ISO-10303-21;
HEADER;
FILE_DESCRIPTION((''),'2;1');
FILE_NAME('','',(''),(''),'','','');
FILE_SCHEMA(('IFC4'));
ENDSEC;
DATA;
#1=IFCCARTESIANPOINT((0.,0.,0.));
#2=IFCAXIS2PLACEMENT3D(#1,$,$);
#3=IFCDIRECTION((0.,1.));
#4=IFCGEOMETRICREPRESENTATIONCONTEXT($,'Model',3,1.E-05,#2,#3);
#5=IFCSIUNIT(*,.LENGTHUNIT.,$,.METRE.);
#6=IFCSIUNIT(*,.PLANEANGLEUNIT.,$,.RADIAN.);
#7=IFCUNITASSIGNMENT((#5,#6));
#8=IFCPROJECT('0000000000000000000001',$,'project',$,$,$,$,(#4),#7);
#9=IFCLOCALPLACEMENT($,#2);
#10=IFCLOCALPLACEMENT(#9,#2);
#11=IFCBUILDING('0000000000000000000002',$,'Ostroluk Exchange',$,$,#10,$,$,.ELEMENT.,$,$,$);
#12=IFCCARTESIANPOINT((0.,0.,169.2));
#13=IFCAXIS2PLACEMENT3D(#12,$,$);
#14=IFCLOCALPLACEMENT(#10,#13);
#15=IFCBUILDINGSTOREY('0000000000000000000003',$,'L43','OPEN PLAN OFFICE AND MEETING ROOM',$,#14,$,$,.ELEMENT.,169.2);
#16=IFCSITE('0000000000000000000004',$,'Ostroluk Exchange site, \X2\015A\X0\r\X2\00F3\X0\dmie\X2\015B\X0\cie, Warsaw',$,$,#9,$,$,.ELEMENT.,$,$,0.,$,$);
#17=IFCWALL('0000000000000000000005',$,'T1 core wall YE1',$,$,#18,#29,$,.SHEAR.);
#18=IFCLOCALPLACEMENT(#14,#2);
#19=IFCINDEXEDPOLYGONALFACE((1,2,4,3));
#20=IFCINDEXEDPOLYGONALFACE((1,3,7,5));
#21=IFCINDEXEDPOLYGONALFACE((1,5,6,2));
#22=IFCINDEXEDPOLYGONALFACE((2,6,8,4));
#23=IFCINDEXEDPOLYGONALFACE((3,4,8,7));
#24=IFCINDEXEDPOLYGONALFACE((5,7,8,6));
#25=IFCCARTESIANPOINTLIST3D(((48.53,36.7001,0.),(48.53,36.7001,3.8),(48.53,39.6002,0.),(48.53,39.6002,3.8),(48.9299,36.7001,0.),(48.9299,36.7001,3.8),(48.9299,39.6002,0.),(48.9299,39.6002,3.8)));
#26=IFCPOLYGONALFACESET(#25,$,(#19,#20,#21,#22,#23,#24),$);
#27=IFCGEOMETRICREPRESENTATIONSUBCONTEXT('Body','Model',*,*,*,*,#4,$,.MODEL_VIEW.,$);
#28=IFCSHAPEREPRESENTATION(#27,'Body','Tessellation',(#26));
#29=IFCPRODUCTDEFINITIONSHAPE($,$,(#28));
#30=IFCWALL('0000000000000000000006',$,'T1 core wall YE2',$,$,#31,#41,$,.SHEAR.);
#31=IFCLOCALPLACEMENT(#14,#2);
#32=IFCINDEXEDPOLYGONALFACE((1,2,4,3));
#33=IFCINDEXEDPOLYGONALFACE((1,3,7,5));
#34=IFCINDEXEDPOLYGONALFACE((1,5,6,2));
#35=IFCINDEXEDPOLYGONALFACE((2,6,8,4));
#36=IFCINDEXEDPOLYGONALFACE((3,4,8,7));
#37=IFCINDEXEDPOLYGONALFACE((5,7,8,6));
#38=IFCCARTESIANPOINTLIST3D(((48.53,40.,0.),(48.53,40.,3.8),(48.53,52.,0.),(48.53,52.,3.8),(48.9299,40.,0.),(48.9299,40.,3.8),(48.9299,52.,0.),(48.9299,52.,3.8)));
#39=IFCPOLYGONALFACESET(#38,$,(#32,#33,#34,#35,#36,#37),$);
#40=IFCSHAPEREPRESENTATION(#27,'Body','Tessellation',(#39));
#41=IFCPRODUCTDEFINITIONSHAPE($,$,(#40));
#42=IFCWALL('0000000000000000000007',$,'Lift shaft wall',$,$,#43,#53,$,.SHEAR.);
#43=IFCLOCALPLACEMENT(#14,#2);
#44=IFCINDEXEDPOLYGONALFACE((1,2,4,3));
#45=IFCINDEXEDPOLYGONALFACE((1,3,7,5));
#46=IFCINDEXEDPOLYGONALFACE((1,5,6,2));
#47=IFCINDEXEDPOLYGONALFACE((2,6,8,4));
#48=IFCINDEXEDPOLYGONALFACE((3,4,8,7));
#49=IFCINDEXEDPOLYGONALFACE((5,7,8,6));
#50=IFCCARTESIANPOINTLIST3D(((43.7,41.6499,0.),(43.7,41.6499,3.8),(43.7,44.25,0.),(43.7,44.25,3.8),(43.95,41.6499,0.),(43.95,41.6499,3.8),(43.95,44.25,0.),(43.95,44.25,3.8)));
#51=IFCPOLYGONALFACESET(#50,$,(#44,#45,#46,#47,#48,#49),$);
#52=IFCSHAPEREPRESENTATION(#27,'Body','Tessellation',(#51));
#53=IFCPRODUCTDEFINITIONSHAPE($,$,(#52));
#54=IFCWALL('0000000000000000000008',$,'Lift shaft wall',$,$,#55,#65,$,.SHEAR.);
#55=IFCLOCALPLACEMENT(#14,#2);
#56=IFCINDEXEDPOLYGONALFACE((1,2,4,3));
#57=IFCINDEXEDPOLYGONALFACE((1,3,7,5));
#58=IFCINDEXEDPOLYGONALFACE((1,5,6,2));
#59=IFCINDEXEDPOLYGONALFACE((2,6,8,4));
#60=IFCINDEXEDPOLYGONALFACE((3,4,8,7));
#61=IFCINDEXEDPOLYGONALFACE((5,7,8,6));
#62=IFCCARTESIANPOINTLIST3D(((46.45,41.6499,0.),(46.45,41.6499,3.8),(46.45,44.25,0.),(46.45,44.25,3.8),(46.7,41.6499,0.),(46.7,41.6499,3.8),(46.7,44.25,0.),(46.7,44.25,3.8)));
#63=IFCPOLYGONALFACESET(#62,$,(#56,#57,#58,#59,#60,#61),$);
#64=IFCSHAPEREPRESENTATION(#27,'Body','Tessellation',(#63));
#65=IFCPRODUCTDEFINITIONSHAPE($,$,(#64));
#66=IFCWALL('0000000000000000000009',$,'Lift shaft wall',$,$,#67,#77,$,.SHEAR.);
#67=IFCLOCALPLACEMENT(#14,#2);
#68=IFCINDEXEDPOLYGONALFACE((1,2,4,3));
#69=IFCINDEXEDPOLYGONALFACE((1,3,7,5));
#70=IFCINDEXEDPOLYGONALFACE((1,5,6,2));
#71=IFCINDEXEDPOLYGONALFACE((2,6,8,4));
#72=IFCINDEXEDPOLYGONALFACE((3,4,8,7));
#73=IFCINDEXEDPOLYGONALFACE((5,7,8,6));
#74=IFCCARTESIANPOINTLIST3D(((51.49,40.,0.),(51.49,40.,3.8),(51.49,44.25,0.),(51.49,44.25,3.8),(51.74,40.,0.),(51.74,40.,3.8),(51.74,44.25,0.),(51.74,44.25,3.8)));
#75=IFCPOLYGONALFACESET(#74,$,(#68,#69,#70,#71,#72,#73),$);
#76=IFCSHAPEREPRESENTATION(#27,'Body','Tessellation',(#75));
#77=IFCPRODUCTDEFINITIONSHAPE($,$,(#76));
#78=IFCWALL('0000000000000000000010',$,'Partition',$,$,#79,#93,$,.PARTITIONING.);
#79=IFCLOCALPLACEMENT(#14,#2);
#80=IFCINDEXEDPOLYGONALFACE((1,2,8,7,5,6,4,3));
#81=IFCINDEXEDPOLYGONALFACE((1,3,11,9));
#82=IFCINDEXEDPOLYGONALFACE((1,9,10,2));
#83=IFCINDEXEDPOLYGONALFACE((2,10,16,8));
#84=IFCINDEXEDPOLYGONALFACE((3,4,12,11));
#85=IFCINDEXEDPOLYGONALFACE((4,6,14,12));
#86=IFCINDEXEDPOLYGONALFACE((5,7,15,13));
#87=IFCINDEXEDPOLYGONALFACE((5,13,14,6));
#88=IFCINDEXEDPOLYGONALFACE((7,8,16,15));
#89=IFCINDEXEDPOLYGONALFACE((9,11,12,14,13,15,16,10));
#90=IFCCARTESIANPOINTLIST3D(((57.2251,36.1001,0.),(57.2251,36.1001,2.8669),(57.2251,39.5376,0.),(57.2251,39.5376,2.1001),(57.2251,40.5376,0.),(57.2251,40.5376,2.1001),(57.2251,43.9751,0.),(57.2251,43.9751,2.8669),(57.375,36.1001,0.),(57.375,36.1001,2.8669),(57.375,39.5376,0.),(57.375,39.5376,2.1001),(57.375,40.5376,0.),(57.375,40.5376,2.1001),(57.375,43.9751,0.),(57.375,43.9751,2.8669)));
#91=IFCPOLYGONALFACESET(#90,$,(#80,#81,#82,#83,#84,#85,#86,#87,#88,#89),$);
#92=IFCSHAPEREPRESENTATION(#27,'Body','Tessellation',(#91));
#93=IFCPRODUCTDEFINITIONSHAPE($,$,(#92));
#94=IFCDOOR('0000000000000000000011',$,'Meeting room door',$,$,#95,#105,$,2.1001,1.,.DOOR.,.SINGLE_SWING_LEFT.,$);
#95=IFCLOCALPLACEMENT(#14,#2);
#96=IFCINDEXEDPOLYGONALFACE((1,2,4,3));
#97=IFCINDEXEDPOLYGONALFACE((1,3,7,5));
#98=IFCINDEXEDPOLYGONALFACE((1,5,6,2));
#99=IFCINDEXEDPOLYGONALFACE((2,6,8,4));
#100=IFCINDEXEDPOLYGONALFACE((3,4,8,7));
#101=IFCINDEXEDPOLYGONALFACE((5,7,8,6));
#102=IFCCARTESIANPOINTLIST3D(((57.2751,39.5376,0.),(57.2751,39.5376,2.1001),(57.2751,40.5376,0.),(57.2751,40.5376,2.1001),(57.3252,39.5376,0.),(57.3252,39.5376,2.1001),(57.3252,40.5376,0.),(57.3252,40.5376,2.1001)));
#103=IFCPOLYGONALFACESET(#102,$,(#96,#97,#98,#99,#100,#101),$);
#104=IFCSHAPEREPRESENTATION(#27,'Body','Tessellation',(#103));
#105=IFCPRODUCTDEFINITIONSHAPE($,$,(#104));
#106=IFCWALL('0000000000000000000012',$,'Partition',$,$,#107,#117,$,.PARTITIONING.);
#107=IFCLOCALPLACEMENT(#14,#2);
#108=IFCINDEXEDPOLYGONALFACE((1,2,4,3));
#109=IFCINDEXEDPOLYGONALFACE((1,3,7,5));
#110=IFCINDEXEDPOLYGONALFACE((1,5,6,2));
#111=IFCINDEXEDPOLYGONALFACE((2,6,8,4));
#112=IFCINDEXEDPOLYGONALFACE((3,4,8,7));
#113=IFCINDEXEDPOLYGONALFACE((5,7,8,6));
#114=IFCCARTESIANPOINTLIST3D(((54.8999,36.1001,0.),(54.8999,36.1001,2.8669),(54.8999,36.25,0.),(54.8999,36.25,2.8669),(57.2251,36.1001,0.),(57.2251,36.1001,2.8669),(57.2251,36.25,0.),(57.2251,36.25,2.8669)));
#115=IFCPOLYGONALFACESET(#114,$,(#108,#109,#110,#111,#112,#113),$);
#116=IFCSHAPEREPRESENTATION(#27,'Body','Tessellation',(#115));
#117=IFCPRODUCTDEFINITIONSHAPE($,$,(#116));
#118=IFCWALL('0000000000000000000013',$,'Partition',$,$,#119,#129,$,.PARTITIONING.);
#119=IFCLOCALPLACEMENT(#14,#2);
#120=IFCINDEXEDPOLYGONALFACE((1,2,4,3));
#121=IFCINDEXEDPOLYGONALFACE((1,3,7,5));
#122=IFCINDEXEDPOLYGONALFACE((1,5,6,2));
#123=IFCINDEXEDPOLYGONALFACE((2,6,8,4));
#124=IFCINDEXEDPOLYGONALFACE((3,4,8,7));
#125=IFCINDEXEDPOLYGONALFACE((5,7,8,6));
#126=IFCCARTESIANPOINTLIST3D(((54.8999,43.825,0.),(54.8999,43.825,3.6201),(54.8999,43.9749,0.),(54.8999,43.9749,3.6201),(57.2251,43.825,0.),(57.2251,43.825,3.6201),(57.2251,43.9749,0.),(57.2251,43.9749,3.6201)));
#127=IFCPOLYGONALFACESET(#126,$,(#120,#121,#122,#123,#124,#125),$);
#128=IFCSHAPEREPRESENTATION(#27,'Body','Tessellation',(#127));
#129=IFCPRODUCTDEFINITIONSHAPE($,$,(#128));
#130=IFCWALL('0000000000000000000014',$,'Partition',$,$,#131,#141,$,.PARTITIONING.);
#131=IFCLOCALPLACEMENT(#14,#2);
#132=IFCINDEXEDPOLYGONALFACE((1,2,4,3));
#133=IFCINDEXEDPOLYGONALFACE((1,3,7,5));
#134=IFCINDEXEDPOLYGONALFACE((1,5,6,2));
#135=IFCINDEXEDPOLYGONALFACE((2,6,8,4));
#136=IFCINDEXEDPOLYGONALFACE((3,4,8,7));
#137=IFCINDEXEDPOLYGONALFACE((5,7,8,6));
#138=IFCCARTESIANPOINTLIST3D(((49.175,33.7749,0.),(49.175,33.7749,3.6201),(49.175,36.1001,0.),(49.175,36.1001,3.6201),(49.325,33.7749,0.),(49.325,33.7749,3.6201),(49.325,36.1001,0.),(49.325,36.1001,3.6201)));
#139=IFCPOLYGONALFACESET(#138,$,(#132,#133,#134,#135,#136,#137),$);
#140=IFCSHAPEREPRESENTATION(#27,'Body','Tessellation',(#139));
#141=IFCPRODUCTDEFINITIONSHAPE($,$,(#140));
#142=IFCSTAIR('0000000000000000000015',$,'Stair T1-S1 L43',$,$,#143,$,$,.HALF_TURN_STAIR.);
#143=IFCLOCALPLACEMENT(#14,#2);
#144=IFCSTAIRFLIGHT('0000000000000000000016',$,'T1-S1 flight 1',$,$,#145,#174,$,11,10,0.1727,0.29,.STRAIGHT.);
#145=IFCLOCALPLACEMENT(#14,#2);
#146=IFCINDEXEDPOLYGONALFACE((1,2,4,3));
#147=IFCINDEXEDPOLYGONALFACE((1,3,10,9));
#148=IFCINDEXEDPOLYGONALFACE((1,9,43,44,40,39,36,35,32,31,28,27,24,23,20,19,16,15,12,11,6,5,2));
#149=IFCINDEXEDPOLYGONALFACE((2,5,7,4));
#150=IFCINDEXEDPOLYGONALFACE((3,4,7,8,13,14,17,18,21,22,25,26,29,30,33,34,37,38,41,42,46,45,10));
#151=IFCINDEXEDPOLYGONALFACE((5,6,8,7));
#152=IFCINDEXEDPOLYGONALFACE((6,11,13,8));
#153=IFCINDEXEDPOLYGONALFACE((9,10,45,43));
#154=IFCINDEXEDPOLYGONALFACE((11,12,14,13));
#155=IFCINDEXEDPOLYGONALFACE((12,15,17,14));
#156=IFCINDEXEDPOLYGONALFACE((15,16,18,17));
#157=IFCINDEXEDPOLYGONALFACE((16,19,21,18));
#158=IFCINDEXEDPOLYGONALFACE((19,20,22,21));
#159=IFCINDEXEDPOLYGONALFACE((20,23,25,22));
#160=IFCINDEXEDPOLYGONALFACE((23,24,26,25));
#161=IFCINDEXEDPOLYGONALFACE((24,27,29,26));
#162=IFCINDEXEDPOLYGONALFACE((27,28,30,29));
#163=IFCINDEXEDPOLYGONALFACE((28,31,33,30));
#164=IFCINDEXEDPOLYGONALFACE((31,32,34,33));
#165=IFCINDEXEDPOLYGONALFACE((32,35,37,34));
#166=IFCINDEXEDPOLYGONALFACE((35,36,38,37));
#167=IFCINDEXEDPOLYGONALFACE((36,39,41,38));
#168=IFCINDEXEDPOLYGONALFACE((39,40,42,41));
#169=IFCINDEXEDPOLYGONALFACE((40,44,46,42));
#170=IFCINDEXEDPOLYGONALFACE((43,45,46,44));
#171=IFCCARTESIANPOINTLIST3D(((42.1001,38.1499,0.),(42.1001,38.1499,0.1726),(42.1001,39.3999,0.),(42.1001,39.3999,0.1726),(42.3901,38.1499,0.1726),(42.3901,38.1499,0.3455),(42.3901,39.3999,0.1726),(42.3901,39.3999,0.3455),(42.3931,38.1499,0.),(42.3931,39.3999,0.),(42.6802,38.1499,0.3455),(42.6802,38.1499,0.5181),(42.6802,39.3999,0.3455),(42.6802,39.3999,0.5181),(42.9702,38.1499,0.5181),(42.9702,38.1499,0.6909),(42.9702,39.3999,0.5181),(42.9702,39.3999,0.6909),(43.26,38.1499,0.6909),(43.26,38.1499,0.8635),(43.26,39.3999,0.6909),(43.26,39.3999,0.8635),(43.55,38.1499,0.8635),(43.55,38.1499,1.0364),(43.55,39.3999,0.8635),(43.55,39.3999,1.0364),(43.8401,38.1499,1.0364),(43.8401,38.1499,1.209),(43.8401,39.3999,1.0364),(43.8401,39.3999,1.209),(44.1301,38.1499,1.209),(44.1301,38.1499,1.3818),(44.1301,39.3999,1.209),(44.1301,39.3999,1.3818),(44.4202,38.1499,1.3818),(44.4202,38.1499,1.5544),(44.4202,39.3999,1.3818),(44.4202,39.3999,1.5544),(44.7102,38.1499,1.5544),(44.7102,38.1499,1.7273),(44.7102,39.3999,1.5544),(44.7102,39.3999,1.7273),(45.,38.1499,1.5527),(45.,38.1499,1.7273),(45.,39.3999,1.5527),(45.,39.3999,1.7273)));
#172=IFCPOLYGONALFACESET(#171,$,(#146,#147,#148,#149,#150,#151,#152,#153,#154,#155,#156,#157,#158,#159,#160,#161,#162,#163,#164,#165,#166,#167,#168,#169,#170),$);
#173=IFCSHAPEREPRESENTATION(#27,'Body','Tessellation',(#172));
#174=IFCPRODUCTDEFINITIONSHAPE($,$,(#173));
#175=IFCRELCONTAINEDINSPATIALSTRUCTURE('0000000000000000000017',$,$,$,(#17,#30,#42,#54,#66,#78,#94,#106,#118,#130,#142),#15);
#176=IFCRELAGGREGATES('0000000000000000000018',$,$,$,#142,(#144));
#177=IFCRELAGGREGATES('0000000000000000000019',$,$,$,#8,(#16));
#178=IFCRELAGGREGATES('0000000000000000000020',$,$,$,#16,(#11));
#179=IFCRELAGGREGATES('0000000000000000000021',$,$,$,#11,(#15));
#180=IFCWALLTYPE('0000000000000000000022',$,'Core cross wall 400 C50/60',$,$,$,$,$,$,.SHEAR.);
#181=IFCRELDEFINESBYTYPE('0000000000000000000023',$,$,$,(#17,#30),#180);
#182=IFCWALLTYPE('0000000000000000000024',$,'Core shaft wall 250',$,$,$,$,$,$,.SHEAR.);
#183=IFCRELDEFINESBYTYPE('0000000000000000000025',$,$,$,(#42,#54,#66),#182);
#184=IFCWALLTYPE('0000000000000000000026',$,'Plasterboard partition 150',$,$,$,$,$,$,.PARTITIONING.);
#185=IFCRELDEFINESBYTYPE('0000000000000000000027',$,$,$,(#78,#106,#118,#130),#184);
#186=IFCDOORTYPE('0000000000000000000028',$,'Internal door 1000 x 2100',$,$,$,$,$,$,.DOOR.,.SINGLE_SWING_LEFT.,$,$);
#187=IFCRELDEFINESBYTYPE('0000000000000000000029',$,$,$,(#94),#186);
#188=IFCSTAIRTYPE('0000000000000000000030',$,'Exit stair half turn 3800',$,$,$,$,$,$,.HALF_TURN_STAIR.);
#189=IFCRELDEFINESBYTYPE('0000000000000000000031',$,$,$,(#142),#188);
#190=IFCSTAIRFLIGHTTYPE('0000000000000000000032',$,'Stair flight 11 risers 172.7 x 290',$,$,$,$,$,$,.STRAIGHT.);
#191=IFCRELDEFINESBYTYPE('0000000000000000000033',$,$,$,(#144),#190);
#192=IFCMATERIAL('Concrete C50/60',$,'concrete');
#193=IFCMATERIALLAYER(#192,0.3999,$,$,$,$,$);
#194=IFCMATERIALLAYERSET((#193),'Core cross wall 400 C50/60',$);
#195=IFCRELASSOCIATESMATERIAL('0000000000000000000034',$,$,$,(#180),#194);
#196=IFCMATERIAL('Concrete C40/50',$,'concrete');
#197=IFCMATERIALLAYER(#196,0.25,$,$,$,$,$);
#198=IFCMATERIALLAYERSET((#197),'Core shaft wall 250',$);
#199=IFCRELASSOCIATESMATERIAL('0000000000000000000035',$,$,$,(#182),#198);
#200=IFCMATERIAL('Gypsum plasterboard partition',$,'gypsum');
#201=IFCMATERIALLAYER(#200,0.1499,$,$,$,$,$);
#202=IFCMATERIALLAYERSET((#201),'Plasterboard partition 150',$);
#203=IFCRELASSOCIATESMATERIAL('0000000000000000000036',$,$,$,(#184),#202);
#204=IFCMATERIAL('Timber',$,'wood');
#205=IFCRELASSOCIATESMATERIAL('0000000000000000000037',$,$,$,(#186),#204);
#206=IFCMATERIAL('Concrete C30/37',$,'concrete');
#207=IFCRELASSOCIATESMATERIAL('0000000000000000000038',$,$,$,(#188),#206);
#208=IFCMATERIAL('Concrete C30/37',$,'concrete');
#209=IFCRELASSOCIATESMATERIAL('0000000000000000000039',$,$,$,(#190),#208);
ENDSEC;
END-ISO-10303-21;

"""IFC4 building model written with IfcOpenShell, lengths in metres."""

from ifc_helpers import new_model, si_unit, direction, frame, frame_2d, origin, place, context, subcontext, project, spatial, polyline, rectangle, outline, extrude, material, layer, layer_set, type_object, element, fill, aggregate, save


model = new_model("IFC4")

# Units and contexts
model_context = context("Model", 3, precision=1e-05, world=origin(), true_north=direction((0.0, 1.0)))
body_context = subcontext(model_context, "Body", "Model", "MODEL_VIEW")
ifc_project = project(units=[si_unit("LENGTHUNIT", "METRE"), si_unit("PLANEANGLEUNIT", "RADIAN")], contexts=[model_context])

# Site, building, storey
site_placement = place(None, origin())
site = spatial("IfcSite", under=ifc_project, at=site_placement, Name="Ostroluk Exchange site, Śródmieście, Warsaw", CompositionType="ELEMENT", RefElevation=0.0)
building_placement = place(site_placement, origin())
building = spatial("IfcBuilding", under=site, at=building_placement, Name="Ostroluk Exchange", CompositionType="ELEMENT")
storey_placement = place(building_placement, frame((0.0, 0.0, 169.2)))
storey = spatial("IfcBuildingStorey", under=building, at=storey_placement, Name="L43", Description="OPEN PLAN OFFICE AND MEETING ROOM", CompositionType="ELEMENT", Elevation=169.2)

# Walls
ifc_material_1 = material(Name="Concrete C50/60", Category="concrete")
ifc_layer_1 = layer(ifc_material_1, 0.3999)
ifc_layer_set_1 = layer_set([ifc_layer_1], Name="Core cross wall 400 C50/60")
wall_type_1 = type_object("IfcWallType", Name="Core cross wall 400 C50/60", PredefinedType="SHEAR", material=ifc_layer_set_1)
wall_1_placement = place(storey_placement, frame((48.73, 36.7, 0.0), z_axis=(0.0, 0.0, 1.0), x_axis=(0.0, 1.0, 0.0)))
element("IfcWall", 1, at=wall_1_placement, inside=storey, type_object=wall_type_1, Name="T1 core wall YE1", PredefinedType="SHEAR", context=body_context, shape_type="SweptSolid", body=[
    extrude(rectangle(XDim=2.9001, YDim=0.3999, at=frame_2d((1.4502, 0.0))), origin(), (0.0, 0.0, 1.0), 3.8),
])
wall_2_placement = place(storey_placement, frame((48.73, 40.0, 0.0), z_axis=(0.0, 0.0, 1.0), x_axis=(0.0, 1.0, 0.0)))
element("IfcWall", 2, at=wall_2_placement, inside=storey, type_object=wall_type_1, Name="T1 core wall YE2", PredefinedType="SHEAR", context=body_context, shape_type="SweptSolid", body=[
    extrude(rectangle(XDim=12.0, YDim=0.3999, at=frame_2d((6.0, 0.0))), origin(), (0.0, 0.0, 1.0), 3.8),
])

# Shared definitions
ifc_material_2 = material(Name="Concrete C40/50", Category="concrete")
ifc_layer_2 = layer(ifc_material_2, 0.25)
ifc_layer_set_2 = layer_set([ifc_layer_2], Name="Core shaft wall 250")
wall_type_2 = type_object("IfcWallType", Name="Core shaft wall 250", PredefinedType="SHEAR", material=ifc_layer_set_2)

# Walls
for number, where, z_axis, x_axis, name in (
    (3, (43.825, 44.25, 0.0), (0.0, 0.0, 1.0), (0.0, -1.0, 0.0), "Lift shaft wall"),
    (4, (46.575, 44.25, 0.0), (0.0, 0.0, 1.0), (0.0, -1.0, 0.0), "Lift shaft wall"),
):
    element("IfcWall", number, at=place(storey_placement, frame(where, z_axis=z_axis, x_axis=x_axis)), inside=storey, type_object=wall_type_2, Name=name, PredefinedType="SHEAR", context=body_context, shape_type="SweptSolid", body=[
        extrude(rectangle(XDim=2.6001, YDim=0.25, at=frame_2d((1.3, 0.0))), origin(), (0.0, 0.0, 1.0), 3.8),
    ])
wall_3_placement = place(storey_placement, frame((51.615, 44.25, 0.0), z_axis=(0.0, 0.0, 1.0), x_axis=(0.0, -1.0, 0.0)))
element("IfcWall", 5, at=wall_3_placement, inside=storey, type_object=wall_type_2, Name="Lift shaft wall", PredefinedType="SHEAR", context=body_context, shape_type="SweptSolid", body=[
    extrude(rectangle(XDim=4.25, YDim=0.25, at=frame_2d((2.125, 0.0))), origin(), (0.0, 0.0, 1.0), 3.8),
])

# Wall, opening, door
ifc_material_3 = material(Name="Gypsum plasterboard partition", Category="gypsum")
ifc_layer_3 = layer(ifc_material_3, 0.1499)
ifc_layer_set_3 = layer_set([ifc_layer_3], Name="Plasterboard partition 150")
wall_type_3 = type_object("IfcWallType", Name="Plasterboard partition 150", PredefinedType="PARTITIONING", material=ifc_layer_set_3)
wall_4_placement = place(storey_placement, frame((57.3, 36.1001, 0.0), z_axis=(0.0, 0.0, 1.0), x_axis=(0.0, 1.0, 0.0)))
wall_4 = element("IfcWall", 6, at=wall_4_placement, inside=storey, type_object=wall_type_3, Name="Partition", PredefinedType="PARTITIONING", context=body_context, shape_type="SweptSolid", body=[
    extrude(rectangle(XDim=7.875, YDim=0.1499, at=frame_2d((3.9375, 0.0))), origin(), (0.0, 0.0, 1.0), 2.8669),
])
opening_1_placement = place(wall_4_placement, frame((3.4375, 0.0, 0.0)))
opening_1 = element("IfcOpeningElement", 7, at=opening_1_placement, cuts=wall_4, PredefinedType="OPENING", context=body_context, shape_type="SweptSolid", body=[
    extrude(rectangle(XDim=1.0, YDim=2.1001, at=frame_2d((0.5, 1.05))), frame((0.0, 0.085, 0.0), z_axis=(0.0, -1.0, 0.0), x_axis=(1.0, 0.0, 0.0)), (0.0, 0.0, 1.0), 0.1699),
])
ifc_material_4 = material(Name="Timber", Category="wood")
door_type_1 = type_object("IfcDoorType", Name="Internal door 1000 x 2100", OperationType="SINGLE_SWING_LEFT", PredefinedType="DOOR", material=ifc_material_4)
door_1_placement = place(opening_1_placement, origin())
door_1 = element("IfcDoor", 8, at=door_1_placement, inside=storey, type_object=door_type_1, Name="Meeting room door", OperationType="SINGLE_SWING_LEFT", OverallHeight=2.1001, OverallWidth=1.0, PredefinedType="DOOR", context=body_context, shape_type="SweptSolid", body=[
    extrude(rectangle(XDim=1.0, YDim=2.1001, at=frame_2d((0.5, 1.05))), frame((0.0, 0.0249, 0.0), z_axis=(0.0, -1.0, 0.0), x_axis=(1.0, 0.0, 0.0)), (0.0, 0.0, 1.0), 0.05),
])
fill(opening_1, door_1)

# Walls
wall_5_placement = place(storey_placement, frame((54.8999, 36.175, 0.0), z_axis=(0.0, 0.0, 1.0), x_axis=(1.0, 0.0, 0.0)))
element("IfcWall", 9, at=wall_5_placement, inside=storey, type_object=wall_type_3, Name="Partition", PredefinedType="PARTITIONING", context=body_context, shape_type="SweptSolid", body=[
    extrude(rectangle(XDim=2.3252, YDim=0.1499, at=frame_2d((1.1626, 0.0))), origin(), (0.0, 0.0, 1.0), 2.8669),
])
for number, where, z_axis, x_axis, name in (
    (10, (54.8999, 43.8999, 0.0), (0.0, 0.0, 1.0), (1.0, 0.0, 0.0), "Partition"),
    (11, (49.25, 36.1001, 0.0), (0.0, 0.0, 1.0), (0.0, -1.0, 0.0), "Partition"),
):
    element("IfcWall", number, at=place(storey_placement, frame(where, z_axis=z_axis, x_axis=x_axis)), inside=storey, type_object=wall_type_3, Name=name, PredefinedType="PARTITIONING", context=body_context, shape_type="SweptSolid", body=[
        extrude(rectangle(XDim=2.3252, YDim=0.1499, at=frame_2d((1.1626, 0.0))), origin(), (0.0, 0.0, 1.0), 3.6201),
    ])

# Stair, stair flight
ifc_material_5 = material(Name="Concrete C30/37", Category="concrete")
stair_type = type_object("IfcStairType", Name="Exit stair half turn 3800", PredefinedType="HALF_TURN_STAIR", material=ifc_material_5)
stair_placement = place(storey_placement, origin())
stair = element("IfcStair", 12, at=stair_placement, inside=storey, type_object=stair_type, Name="Stair T1-S1 L43", PredefinedType="HALF_TURN_STAIR")
ifc_material_6 = material(Name="Concrete C30/37", Category="concrete")
stair_flight_type = type_object("IfcStairFlightType", Name="Stair flight 11 risers 172.7 x 290", PredefinedType="STRAIGHT", material=ifc_material_6)
stair_flight_1_placement = place(storey_placement, frame((42.1001, 38.7749, 0.0), z_axis=(0.0, 0.0, 1.0), x_axis=(1.0, 0.0, 0.0)))
stair_flight_1 = element("IfcStairFlight", 13, at=stair_flight_1_placement, type_object=stair_flight_type, Name="T1-S1 flight 1", NumberOfRisers=11, NumberOfTreads=10, PredefinedType="STRAIGHT", RiserHeight=0.1727, TreadLength=0.29, context=body_context, shape_type="SweptSolid", body=[
    extrude(outline(polyline([(0.0, 0.0), (0.0, 0.1726), (0.29, 0.1726), (0.29, 0.3455), (0.5801, 0.3455), (0.5801, 0.5181), (0.8701, 0.5181), (0.8701, 0.6909), (1.1599, 0.6909), (1.1599, 0.8635), (1.45, 0.8635), (1.45, 1.0364), (1.74, 1.0364), (1.74, 1.209), (2.03, 1.209), (2.03, 1.3818), (2.3201, 1.3818), (2.3201, 1.5544), (2.6101, 1.5544), (2.6101, 1.7273), (2.8999, 1.7273), (2.8999, 1.8999), (2.8999, 1.5527), (0.293, 0.0), (0.0, 0.0)])), frame((0.0, 0.625, 0.0), z_axis=(0.0, -1.0, 0.0), x_axis=(1.0, 0.0, 0.0)), (0.0, 0.0, 1.0), 1.25),
])
aggregate(stair, [stair_flight_1])

save(model, "model.ifc")
